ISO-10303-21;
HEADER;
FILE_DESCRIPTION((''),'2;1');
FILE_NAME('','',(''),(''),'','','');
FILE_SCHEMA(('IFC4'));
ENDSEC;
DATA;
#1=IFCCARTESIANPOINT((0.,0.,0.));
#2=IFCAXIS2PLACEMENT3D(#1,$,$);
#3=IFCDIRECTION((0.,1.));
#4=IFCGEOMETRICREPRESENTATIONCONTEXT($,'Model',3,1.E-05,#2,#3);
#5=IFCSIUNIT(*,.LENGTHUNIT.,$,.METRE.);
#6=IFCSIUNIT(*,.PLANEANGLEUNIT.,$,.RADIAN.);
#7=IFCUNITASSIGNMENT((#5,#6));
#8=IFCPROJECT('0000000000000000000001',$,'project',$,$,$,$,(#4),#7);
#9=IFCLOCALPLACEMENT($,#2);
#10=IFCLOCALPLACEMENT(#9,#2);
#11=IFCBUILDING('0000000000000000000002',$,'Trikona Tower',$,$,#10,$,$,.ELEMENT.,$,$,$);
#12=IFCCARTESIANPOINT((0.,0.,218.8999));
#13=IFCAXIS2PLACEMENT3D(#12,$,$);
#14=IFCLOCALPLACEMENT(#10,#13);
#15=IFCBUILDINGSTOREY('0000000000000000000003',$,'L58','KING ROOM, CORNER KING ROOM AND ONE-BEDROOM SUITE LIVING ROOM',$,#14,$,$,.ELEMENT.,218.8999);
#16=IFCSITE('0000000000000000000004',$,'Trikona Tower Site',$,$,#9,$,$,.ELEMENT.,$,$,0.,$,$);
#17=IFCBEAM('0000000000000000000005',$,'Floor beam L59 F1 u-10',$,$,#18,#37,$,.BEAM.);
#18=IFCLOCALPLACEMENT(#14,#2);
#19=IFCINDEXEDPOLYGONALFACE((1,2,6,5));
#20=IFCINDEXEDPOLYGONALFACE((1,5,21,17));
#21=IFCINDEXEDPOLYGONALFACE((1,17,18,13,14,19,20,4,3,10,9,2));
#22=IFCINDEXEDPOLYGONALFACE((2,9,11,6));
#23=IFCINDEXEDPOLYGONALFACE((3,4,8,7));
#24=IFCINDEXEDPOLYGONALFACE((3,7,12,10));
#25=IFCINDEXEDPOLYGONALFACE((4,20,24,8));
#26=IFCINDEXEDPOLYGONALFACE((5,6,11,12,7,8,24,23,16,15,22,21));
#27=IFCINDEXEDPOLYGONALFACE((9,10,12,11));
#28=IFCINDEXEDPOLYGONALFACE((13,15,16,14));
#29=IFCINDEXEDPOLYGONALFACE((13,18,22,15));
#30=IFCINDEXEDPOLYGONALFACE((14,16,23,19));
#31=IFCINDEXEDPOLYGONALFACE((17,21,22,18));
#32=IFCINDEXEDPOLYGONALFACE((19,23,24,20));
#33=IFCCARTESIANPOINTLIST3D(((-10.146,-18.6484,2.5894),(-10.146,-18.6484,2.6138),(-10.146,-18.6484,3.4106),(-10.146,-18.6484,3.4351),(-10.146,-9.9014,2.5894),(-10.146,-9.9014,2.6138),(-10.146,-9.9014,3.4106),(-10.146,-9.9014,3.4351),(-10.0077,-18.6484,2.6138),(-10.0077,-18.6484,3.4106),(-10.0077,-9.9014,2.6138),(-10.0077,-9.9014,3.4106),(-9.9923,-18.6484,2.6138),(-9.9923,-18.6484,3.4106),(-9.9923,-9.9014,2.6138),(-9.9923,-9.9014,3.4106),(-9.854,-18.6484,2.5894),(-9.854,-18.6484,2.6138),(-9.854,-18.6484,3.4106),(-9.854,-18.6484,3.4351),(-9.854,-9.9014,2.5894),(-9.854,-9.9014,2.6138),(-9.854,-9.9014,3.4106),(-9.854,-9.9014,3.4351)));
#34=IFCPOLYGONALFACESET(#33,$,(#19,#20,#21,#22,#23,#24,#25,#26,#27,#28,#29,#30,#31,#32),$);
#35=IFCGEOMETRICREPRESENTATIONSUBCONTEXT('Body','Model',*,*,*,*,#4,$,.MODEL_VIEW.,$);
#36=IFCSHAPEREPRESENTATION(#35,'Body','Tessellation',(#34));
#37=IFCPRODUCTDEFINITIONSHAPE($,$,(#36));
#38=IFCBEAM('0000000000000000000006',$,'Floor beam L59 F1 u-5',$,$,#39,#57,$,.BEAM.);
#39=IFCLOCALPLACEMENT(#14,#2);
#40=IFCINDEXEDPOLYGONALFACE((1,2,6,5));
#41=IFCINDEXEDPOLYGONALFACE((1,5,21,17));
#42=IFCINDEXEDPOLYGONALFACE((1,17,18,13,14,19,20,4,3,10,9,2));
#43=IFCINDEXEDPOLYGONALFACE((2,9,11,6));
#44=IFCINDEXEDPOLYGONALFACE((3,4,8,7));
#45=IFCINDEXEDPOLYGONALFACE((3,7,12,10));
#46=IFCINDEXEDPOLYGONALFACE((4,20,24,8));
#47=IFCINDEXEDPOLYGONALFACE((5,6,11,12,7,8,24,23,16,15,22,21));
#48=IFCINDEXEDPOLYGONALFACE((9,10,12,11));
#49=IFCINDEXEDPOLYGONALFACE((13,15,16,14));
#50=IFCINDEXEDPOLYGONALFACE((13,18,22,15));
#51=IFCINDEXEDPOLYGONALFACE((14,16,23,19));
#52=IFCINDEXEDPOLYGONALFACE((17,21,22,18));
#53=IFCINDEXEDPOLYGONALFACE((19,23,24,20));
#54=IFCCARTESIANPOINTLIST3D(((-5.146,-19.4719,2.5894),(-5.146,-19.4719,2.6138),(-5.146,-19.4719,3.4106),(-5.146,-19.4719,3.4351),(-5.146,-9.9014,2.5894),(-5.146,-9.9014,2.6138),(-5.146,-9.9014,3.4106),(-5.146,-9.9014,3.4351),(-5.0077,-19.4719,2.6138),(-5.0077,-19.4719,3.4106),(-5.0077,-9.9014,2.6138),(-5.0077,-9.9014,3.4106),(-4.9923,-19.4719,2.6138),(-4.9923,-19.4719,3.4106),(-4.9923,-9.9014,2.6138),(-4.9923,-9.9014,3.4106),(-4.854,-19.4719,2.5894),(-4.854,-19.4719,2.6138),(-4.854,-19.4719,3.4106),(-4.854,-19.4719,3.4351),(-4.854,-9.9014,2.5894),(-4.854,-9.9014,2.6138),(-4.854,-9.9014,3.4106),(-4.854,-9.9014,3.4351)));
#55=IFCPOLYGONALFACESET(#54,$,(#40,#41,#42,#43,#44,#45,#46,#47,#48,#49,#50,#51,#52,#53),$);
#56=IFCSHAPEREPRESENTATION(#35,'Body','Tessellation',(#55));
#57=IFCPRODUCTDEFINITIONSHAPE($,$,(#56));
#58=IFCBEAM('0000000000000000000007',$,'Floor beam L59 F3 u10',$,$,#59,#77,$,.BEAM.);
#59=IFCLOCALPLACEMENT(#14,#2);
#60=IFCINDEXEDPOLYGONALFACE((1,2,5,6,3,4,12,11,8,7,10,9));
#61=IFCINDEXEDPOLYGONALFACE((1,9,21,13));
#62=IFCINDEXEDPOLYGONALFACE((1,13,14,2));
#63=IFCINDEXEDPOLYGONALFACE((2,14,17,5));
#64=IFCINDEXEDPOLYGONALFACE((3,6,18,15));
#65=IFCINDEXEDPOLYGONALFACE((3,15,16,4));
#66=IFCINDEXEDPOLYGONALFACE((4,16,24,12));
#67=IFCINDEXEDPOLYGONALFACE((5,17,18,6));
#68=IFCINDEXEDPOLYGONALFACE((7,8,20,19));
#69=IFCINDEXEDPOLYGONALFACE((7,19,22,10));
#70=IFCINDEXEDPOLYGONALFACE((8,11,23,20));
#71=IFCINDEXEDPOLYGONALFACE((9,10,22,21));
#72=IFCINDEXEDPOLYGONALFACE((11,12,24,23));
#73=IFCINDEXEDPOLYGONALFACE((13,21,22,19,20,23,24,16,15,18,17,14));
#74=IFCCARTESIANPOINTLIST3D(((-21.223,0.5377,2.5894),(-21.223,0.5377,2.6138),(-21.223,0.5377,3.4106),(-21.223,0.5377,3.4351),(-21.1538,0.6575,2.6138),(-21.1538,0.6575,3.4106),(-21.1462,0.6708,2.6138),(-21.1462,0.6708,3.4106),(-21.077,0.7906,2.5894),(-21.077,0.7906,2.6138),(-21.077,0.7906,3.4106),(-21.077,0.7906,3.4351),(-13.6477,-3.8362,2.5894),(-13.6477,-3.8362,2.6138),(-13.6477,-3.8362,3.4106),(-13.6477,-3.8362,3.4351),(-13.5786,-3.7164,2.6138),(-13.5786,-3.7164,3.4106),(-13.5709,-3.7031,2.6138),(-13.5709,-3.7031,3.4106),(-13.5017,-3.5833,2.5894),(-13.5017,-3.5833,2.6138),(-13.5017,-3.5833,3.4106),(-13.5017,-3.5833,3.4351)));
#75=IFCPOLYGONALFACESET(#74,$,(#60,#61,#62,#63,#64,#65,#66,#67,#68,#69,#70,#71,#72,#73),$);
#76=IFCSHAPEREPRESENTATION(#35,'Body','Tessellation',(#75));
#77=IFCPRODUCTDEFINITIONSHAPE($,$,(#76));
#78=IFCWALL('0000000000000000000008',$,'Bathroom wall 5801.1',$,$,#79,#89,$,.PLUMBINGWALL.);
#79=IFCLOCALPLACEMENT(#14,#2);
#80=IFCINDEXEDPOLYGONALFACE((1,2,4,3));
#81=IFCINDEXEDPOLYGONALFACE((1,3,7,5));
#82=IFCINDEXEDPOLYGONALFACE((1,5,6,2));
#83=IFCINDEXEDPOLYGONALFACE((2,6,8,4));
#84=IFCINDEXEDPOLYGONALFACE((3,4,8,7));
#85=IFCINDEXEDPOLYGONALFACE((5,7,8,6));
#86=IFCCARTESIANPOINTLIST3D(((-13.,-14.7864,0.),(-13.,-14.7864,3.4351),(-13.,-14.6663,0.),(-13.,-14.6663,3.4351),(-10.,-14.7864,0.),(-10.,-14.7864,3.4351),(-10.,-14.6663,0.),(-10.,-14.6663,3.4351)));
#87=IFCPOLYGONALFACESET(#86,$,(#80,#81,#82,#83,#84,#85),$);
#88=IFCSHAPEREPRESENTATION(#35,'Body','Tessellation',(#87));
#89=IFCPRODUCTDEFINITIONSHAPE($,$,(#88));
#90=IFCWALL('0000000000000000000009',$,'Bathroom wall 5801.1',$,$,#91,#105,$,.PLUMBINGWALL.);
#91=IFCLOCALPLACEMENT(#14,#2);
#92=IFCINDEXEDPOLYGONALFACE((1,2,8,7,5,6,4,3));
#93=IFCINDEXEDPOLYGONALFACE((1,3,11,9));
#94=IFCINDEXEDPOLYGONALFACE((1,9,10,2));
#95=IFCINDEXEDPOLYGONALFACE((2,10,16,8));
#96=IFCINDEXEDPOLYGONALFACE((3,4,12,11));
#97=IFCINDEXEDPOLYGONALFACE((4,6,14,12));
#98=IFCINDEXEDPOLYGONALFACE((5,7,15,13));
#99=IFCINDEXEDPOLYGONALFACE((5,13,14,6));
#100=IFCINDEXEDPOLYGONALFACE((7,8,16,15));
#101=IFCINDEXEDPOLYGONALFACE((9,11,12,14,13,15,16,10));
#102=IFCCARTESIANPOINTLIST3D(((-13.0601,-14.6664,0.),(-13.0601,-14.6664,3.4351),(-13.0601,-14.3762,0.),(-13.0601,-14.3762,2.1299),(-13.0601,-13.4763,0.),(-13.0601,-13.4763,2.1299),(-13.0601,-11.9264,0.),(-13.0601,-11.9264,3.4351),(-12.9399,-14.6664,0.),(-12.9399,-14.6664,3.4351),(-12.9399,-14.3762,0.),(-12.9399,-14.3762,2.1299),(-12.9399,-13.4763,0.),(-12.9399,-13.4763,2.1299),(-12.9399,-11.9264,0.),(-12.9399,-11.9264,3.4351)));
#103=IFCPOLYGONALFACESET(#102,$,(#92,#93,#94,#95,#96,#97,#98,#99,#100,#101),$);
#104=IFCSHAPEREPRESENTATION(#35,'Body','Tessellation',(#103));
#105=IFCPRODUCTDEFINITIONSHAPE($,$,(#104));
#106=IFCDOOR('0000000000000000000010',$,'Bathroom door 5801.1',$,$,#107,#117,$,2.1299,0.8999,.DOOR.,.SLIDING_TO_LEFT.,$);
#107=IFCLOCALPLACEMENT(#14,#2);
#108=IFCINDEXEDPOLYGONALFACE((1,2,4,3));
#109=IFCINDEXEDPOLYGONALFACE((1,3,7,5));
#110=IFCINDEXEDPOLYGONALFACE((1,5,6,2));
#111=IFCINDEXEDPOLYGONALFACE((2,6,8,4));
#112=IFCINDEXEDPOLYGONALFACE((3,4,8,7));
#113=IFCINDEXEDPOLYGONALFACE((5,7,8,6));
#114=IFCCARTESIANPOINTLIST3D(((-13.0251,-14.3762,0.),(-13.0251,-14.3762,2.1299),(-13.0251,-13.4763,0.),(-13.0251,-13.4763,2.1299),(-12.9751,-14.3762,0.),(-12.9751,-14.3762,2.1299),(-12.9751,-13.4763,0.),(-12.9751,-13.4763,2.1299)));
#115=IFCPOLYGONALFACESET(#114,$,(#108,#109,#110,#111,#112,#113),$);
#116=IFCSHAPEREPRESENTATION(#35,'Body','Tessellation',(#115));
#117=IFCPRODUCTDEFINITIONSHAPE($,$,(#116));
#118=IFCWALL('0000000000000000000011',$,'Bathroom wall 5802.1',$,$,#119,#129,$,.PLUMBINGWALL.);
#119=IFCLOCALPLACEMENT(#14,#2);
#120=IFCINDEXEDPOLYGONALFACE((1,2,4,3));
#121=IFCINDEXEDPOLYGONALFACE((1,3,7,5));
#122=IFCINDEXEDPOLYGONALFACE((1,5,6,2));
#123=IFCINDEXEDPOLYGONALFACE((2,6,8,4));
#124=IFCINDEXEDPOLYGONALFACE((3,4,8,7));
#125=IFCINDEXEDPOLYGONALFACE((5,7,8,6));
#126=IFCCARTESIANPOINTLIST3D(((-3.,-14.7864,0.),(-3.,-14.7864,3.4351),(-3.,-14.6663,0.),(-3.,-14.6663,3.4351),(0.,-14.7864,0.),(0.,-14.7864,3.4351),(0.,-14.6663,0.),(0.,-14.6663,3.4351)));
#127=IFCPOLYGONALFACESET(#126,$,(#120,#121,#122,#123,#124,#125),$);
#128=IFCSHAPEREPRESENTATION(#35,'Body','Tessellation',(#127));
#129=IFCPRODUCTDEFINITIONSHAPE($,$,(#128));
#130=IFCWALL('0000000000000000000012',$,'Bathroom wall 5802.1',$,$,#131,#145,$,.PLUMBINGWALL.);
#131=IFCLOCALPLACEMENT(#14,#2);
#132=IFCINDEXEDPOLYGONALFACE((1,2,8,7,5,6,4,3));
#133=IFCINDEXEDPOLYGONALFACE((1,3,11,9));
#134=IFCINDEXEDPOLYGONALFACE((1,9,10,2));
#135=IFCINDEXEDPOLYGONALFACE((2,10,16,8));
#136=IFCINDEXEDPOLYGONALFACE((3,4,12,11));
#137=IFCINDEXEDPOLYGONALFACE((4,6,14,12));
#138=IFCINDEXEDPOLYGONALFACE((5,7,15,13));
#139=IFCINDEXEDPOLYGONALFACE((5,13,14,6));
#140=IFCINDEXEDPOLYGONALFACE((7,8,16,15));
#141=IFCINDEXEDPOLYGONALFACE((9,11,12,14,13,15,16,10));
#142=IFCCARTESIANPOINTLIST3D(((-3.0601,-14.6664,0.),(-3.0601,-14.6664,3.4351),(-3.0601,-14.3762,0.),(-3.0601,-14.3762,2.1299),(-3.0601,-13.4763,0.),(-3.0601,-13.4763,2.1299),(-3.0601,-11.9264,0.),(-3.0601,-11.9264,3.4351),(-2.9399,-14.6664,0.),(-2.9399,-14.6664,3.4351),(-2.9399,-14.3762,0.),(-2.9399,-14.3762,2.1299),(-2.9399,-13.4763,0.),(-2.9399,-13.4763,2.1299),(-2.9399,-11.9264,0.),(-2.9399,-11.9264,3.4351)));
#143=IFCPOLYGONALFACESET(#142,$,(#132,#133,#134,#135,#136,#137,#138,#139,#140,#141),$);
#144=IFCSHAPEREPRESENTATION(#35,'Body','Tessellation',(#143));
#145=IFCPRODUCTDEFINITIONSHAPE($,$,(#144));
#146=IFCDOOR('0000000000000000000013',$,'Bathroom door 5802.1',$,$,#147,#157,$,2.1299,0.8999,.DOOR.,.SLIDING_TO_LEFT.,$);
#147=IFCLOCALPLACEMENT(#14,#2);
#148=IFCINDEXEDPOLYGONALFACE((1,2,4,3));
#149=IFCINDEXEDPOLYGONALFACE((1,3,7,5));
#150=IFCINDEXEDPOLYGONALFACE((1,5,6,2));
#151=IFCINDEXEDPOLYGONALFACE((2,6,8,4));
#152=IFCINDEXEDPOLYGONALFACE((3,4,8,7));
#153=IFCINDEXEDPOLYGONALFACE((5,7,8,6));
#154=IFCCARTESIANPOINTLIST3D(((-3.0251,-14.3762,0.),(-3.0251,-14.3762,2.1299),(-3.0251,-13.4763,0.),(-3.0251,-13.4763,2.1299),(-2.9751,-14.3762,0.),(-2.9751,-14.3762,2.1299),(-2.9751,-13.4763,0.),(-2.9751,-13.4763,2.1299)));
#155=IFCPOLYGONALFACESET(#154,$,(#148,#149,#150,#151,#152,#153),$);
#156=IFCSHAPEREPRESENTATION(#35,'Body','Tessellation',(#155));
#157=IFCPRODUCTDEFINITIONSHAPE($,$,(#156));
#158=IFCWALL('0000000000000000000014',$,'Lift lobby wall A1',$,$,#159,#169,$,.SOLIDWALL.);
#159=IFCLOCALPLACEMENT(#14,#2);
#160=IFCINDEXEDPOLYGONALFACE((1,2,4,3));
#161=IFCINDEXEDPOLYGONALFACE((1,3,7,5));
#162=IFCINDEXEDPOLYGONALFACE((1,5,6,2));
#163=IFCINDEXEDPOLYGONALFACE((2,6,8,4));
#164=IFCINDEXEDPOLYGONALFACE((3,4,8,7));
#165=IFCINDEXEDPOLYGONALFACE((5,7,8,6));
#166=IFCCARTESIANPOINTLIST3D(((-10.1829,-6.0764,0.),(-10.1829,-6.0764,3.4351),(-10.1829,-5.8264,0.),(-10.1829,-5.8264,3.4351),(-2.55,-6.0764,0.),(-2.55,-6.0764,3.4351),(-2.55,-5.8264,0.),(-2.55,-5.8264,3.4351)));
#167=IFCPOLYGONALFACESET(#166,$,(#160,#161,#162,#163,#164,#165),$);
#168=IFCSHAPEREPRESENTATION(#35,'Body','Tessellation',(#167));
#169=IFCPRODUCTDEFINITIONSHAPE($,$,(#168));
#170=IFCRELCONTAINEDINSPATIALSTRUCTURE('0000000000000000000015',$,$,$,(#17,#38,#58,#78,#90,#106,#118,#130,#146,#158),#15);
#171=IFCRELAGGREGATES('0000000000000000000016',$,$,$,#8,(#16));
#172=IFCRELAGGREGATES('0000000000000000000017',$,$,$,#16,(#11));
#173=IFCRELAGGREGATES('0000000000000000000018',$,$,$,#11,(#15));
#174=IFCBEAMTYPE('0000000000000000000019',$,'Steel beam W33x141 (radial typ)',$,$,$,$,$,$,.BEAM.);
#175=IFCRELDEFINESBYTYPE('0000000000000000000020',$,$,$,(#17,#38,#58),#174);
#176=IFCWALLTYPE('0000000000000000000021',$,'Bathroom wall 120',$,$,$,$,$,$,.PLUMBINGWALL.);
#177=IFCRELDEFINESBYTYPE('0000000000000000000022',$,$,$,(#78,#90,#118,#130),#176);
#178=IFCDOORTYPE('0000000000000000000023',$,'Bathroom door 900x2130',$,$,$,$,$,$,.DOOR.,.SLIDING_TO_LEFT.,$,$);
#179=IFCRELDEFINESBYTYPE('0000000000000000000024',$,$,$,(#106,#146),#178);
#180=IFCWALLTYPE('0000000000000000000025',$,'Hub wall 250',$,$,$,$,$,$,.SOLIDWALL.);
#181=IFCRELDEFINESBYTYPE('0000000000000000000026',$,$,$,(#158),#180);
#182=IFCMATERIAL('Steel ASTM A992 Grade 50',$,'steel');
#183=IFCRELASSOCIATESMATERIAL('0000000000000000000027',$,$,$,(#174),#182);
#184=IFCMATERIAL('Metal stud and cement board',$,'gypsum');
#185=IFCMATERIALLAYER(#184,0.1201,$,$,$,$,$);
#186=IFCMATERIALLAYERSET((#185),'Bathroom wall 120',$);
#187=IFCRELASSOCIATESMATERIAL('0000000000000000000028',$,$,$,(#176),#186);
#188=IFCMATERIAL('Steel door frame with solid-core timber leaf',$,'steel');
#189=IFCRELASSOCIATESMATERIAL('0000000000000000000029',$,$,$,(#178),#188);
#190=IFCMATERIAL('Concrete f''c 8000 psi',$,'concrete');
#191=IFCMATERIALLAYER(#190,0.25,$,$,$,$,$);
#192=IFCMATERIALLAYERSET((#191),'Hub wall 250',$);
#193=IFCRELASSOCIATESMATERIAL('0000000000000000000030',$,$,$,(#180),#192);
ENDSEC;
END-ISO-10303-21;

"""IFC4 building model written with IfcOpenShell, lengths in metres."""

from ifc_helpers import new_model, si_unit, direction, frame, frame_2d, origin, origin_2d, place, context, subcontext, project, spatial, rectangle, i_section, extrude, material, layer, layer_set, material_profile, profile_set, type_object, element, fill, save


model = new_model("IFC4")

# Units and contexts
model_context = context("Model", 3, precision=1e-05, world=origin(), true_north=direction((0.0, 1.0)))
body_context = subcontext(model_context, "Body", "Model", "MODEL_VIEW")
ifc_project = project(units=[si_unit("LENGTHUNIT", "METRE"), si_unit("PLANEANGLEUNIT", "RADIAN")], contexts=[model_context])

# Site, building, storey
site_placement = place(None, origin())
site = spatial("IfcSite", under=ifc_project, at=site_placement, Name="Trikona Tower Site", CompositionType="ELEMENT", RefElevation=0.0)
building_placement = place(site_placement, origin())
building = spatial("IfcBuilding", under=site, at=building_placement, Name="Trikona Tower", CompositionType="ELEMENT")
storey_placement = place(building_placement, frame((0.0, 0.0, 218.8999)))
storey = spatial("IfcBuildingStorey", under=building, at=storey_placement, Name="L58", Description="KING ROOM, CORNER KING ROOM AND ONE-BEDROOM SUITE LIVING ROOM", CompositionType="ELEMENT", Elevation=218.8999)

# Beams
ifc_material_1 = material(Name="Steel ASTM A992 Grade 50", Category="steel")
ifc_material_profile = material_profile(ifc_material_1, i_section(OverallWidth=0.292, OverallDepth=0.8457, WebThickness=0.0154, FlangeThickness=0.0244, at=origin_2d()), Name="W33X141")
ifc_profile_set = profile_set([ifc_material_profile], Name="Steel ASTM A992 Grade 50")
beam_type = type_object("IfcBeamType", Name="Steel beam W33x141 (radial typ)", PredefinedType="BEAM", material=ifc_profile_set)
beam_1_placement = place(storey_placement, frame((-10.0, -9.9014, 3.0122), z_axis=(0.0, -1.0, 0.0), x_axis=(1.0, 0.0, 0.0)))
element("IfcBeam", 1, at=beam_1_placement, inside=storey, type_object=beam_type, Name="Floor beam L59 F1 u-10", PredefinedType="BEAM", context=body_context, shape_type="SweptSolid", body=[
    extrude(i_section(OverallWidth=0.292, OverallDepth=0.8457, WebThickness=0.0154, FlangeThickness=0.0244, at=origin_2d()), origin(), (0.0, 0.0, 1.0), 8.7471),
])
beam_2_placement = place(storey_placement, frame((-5.0, -9.9014, 3.0122), z_axis=(0.0, -1.0, 0.0), x_axis=(1.0, 0.0, 0.0)))
element("IfcBeam", 2, at=beam_2_placement, inside=storey, type_object=beam_type, Name="Floor beam L59 F1 u-5", PredefinedType="BEAM", context=body_context, shape_type="SweptSolid", body=[
    extrude(i_section(OverallWidth=0.292, OverallDepth=0.8457, WebThickness=0.0154, FlangeThickness=0.0244, at=origin_2d()), origin(), (0.0, 0.0, 1.0), 9.5706),
])
beam_3_placement = place(storey_placement, frame((-13.5747, -3.7097, 3.0122), z_axis=(-0.866014, 0.50002, 0.0), x_axis=(-0.50002, -0.866014, 0.0)))
element("IfcBeam", 3, at=beam_3_placement, inside=storey, type_object=beam_type, Name="Floor beam L59 F3 u10", PredefinedType="BEAM", context=body_context, shape_type="SweptSolid", body=[
    extrude(i_section(OverallWidth=0.292, OverallDepth=0.8457, WebThickness=0.0154, FlangeThickness=0.0244, at=origin_2d()), origin(), (0.0, 0.0, 1.0), 8.7473),
])

# Wall
ifc_material_2 = material(Name="Metal stud and cement board", Category="gypsum")
ifc_layer_1 = layer(ifc_material_2, 0.1201)
ifc_layer_set_1 = layer_set([ifc_layer_1], Name="Bathroom wall 120")
wall_type_1 = type_object("IfcWallType", Name="Bathroom wall 120", PredefinedType="PLUMBINGWALL", material=ifc_layer_set_1)
wall_1_placement = place(storey_placement, frame((-13.0, -14.7263, 0.0), z_axis=(0.0, 0.0, 1.0), x_axis=(1.0, 0.0, 0.0)))
element("IfcWall", 4, at=wall_1_placement, inside=storey, type_object=wall_type_1, Name="Bathroom wall 5801.1", PredefinedType="PLUMBINGWALL", context=body_context, shape_type="SweptSolid", body=[
    extrude(rectangle(XDim=3.0, YDim=0.1201, at=frame_2d((1.5, 0.0))), origin(), (0.0, 0.0, 1.0), 3.4351),
])

# Wall, opening, door
wall_2_placement = place(storey_placement, frame((-13.0, -11.9263, 0.0), z_axis=(0.0, 0.0, 1.0), x_axis=(0.0, -1.0, 0.0)))
wall_2 = element("IfcWall", 5, at=wall_2_placement, inside=storey, type_object=wall_type_1, Name="Bathroom wall 5801.1", PredefinedType="PLUMBINGWALL", context=body_context, shape_type="SweptSolid", body=[
    extrude(rectangle(XDim=2.74, YDim=0.1201, at=frame_2d((1.3701, 0.0))), origin(), (0.0, 0.0, 1.0), 3.4351),
])
opening_1_placement = place(wall_2_placement, frame((1.55, 0.0, 0.0)))
opening_1 = element("IfcOpeningElement", 6, at=opening_1_placement, cuts=wall_2, PredefinedType="OPENING", context=body_context, shape_type="SweptSolid", body=[
    extrude(rectangle(XDim=0.8999, YDim=2.1299, at=frame_2d((0.45, 1.0649))), frame((0.0, 0.0701, 0.0), z_axis=(0.0, -1.0, 0.0), x_axis=(1.0, 0.0, 0.0)), (0.0, 0.0, 1.0), 0.1401),
])
ifc_material_3 = material(Name="Steel door frame with solid-core timber leaf", Category="steel")
door_type_1 = type_object("IfcDoorType", Name="Bathroom door 900x2130", OperationType="SLIDING_TO_LEFT", PredefinedType="DOOR", material=ifc_material_3)
door_1_placement = place(opening_1_placement, origin())
door_1 = element("IfcDoor", 7, at=door_1_placement, inside=storey, type_object=door_type_1, Name="Bathroom door 5801.1", OperationType="SLIDING_TO_LEFT", OverallHeight=2.1299, OverallWidth=0.8999, PredefinedType="DOOR", context=body_context, shape_type="SweptSolid", body=[
    extrude(rectangle(XDim=0.8999, YDim=2.1299, at=frame_2d((0.45, 1.0649))), frame((0.0, 0.0249, 0.0), z_axis=(0.0, -1.0, 0.0), x_axis=(1.0, 0.0, 0.0)), (0.0, 0.0, 1.0), 0.05),
])
fill(opening_1, door_1)

# Wall
wall_3_placement = place(storey_placement, frame((-3.0, -14.7263, 0.0), z_axis=(0.0, 0.0, 1.0), x_axis=(1.0, 0.0, 0.0)))
element("IfcWall", 8, at=wall_3_placement, inside=storey, type_object=wall_type_1, Name="Bathroom wall 5802.1", PredefinedType="PLUMBINGWALL", context=body_context, shape_type="SweptSolid", body=[
    extrude(rectangle(XDim=3.0, YDim=0.1201, at=frame_2d((1.5, 0.0))), origin(), (0.0, 0.0, 1.0), 3.4351),
])

# Wall, opening, door
wall_4_placement = place(storey_placement, frame((-3.0, -11.9263, 0.0), z_axis=(0.0, 0.0, 1.0), x_axis=(0.0, -1.0, 0.0)))
wall_4 = element("IfcWall", 9, at=wall_4_placement, inside=storey, type_object=wall_type_1, Name="Bathroom wall 5802.1", PredefinedType="PLUMBINGWALL", context=body_context, shape_type="SweptSolid", body=[
    extrude(rectangle(XDim=2.74, YDim=0.1201, at=frame_2d((1.3701, 0.0))), origin(), (0.0, 0.0, 1.0), 3.4351),
])
opening_2_placement = place(wall_4_placement, frame((1.55, 0.0, 0.0)))
opening_2 = element("IfcOpeningElement", 10, at=opening_2_placement, cuts=wall_4, PredefinedType="OPENING", context=body_context, shape_type="SweptSolid", body=[
    extrude(rectangle(XDim=0.8999, YDim=2.1299, at=frame_2d((0.45, 1.0649))), frame((0.0, 0.0701, 0.0), z_axis=(0.0, -1.0, 0.0), x_axis=(1.0, 0.0, 0.0)), (0.0, 0.0, 1.0), 0.1401),
])
door_2_placement = place(opening_2_placement, origin())
door_2 = element("IfcDoor", 11, at=door_2_placement, inside=storey, type_object=door_type_1, Name="Bathroom door 5802.1", OperationType="SLIDING_TO_LEFT", OverallHeight=2.1299, OverallWidth=0.8999, PredefinedType="DOOR", context=body_context, shape_type="SweptSolid", body=[
    extrude(rectangle(XDim=0.8999, YDim=2.1299, at=frame_2d((0.45, 1.0649))), frame((0.0, 0.0249, 0.0), z_axis=(0.0, -1.0, 0.0), x_axis=(1.0, 0.0, 0.0)), (0.0, 0.0, 1.0), 0.05),
])
fill(opening_2, door_2)

# Wall
ifc_material_4 = material(Name="Concrete f'c 8000 psi", Category="concrete")
ifc_layer_2 = layer(ifc_material_4, 0.25)
ifc_layer_set_2 = layer_set([ifc_layer_2], Name="Hub wall 250")
wall_type_2 = type_object("IfcWallType", Name="Hub wall 250", PredefinedType="SOLIDWALL", material=ifc_layer_set_2)
wall_5_placement = place(storey_placement, frame((-10.1829, -5.9514, 0.0), z_axis=(0.0, 0.0, 1.0), x_axis=(1.0, 0.0, 0.0)))
element("IfcWall", 12, at=wall_5_placement, inside=storey, type_object=wall_type_2, Name="Lift lobby wall A1", PredefinedType="SOLIDWALL", context=body_context, shape_type="SweptSolid", body=[
    extrude(rectangle(XDim=7.6328, YDim=0.25, at=frame_2d((3.8164, 0.0))), origin(), (0.0, 0.0, 1.0), 3.4351),
])

save(model, "model.ifc")
